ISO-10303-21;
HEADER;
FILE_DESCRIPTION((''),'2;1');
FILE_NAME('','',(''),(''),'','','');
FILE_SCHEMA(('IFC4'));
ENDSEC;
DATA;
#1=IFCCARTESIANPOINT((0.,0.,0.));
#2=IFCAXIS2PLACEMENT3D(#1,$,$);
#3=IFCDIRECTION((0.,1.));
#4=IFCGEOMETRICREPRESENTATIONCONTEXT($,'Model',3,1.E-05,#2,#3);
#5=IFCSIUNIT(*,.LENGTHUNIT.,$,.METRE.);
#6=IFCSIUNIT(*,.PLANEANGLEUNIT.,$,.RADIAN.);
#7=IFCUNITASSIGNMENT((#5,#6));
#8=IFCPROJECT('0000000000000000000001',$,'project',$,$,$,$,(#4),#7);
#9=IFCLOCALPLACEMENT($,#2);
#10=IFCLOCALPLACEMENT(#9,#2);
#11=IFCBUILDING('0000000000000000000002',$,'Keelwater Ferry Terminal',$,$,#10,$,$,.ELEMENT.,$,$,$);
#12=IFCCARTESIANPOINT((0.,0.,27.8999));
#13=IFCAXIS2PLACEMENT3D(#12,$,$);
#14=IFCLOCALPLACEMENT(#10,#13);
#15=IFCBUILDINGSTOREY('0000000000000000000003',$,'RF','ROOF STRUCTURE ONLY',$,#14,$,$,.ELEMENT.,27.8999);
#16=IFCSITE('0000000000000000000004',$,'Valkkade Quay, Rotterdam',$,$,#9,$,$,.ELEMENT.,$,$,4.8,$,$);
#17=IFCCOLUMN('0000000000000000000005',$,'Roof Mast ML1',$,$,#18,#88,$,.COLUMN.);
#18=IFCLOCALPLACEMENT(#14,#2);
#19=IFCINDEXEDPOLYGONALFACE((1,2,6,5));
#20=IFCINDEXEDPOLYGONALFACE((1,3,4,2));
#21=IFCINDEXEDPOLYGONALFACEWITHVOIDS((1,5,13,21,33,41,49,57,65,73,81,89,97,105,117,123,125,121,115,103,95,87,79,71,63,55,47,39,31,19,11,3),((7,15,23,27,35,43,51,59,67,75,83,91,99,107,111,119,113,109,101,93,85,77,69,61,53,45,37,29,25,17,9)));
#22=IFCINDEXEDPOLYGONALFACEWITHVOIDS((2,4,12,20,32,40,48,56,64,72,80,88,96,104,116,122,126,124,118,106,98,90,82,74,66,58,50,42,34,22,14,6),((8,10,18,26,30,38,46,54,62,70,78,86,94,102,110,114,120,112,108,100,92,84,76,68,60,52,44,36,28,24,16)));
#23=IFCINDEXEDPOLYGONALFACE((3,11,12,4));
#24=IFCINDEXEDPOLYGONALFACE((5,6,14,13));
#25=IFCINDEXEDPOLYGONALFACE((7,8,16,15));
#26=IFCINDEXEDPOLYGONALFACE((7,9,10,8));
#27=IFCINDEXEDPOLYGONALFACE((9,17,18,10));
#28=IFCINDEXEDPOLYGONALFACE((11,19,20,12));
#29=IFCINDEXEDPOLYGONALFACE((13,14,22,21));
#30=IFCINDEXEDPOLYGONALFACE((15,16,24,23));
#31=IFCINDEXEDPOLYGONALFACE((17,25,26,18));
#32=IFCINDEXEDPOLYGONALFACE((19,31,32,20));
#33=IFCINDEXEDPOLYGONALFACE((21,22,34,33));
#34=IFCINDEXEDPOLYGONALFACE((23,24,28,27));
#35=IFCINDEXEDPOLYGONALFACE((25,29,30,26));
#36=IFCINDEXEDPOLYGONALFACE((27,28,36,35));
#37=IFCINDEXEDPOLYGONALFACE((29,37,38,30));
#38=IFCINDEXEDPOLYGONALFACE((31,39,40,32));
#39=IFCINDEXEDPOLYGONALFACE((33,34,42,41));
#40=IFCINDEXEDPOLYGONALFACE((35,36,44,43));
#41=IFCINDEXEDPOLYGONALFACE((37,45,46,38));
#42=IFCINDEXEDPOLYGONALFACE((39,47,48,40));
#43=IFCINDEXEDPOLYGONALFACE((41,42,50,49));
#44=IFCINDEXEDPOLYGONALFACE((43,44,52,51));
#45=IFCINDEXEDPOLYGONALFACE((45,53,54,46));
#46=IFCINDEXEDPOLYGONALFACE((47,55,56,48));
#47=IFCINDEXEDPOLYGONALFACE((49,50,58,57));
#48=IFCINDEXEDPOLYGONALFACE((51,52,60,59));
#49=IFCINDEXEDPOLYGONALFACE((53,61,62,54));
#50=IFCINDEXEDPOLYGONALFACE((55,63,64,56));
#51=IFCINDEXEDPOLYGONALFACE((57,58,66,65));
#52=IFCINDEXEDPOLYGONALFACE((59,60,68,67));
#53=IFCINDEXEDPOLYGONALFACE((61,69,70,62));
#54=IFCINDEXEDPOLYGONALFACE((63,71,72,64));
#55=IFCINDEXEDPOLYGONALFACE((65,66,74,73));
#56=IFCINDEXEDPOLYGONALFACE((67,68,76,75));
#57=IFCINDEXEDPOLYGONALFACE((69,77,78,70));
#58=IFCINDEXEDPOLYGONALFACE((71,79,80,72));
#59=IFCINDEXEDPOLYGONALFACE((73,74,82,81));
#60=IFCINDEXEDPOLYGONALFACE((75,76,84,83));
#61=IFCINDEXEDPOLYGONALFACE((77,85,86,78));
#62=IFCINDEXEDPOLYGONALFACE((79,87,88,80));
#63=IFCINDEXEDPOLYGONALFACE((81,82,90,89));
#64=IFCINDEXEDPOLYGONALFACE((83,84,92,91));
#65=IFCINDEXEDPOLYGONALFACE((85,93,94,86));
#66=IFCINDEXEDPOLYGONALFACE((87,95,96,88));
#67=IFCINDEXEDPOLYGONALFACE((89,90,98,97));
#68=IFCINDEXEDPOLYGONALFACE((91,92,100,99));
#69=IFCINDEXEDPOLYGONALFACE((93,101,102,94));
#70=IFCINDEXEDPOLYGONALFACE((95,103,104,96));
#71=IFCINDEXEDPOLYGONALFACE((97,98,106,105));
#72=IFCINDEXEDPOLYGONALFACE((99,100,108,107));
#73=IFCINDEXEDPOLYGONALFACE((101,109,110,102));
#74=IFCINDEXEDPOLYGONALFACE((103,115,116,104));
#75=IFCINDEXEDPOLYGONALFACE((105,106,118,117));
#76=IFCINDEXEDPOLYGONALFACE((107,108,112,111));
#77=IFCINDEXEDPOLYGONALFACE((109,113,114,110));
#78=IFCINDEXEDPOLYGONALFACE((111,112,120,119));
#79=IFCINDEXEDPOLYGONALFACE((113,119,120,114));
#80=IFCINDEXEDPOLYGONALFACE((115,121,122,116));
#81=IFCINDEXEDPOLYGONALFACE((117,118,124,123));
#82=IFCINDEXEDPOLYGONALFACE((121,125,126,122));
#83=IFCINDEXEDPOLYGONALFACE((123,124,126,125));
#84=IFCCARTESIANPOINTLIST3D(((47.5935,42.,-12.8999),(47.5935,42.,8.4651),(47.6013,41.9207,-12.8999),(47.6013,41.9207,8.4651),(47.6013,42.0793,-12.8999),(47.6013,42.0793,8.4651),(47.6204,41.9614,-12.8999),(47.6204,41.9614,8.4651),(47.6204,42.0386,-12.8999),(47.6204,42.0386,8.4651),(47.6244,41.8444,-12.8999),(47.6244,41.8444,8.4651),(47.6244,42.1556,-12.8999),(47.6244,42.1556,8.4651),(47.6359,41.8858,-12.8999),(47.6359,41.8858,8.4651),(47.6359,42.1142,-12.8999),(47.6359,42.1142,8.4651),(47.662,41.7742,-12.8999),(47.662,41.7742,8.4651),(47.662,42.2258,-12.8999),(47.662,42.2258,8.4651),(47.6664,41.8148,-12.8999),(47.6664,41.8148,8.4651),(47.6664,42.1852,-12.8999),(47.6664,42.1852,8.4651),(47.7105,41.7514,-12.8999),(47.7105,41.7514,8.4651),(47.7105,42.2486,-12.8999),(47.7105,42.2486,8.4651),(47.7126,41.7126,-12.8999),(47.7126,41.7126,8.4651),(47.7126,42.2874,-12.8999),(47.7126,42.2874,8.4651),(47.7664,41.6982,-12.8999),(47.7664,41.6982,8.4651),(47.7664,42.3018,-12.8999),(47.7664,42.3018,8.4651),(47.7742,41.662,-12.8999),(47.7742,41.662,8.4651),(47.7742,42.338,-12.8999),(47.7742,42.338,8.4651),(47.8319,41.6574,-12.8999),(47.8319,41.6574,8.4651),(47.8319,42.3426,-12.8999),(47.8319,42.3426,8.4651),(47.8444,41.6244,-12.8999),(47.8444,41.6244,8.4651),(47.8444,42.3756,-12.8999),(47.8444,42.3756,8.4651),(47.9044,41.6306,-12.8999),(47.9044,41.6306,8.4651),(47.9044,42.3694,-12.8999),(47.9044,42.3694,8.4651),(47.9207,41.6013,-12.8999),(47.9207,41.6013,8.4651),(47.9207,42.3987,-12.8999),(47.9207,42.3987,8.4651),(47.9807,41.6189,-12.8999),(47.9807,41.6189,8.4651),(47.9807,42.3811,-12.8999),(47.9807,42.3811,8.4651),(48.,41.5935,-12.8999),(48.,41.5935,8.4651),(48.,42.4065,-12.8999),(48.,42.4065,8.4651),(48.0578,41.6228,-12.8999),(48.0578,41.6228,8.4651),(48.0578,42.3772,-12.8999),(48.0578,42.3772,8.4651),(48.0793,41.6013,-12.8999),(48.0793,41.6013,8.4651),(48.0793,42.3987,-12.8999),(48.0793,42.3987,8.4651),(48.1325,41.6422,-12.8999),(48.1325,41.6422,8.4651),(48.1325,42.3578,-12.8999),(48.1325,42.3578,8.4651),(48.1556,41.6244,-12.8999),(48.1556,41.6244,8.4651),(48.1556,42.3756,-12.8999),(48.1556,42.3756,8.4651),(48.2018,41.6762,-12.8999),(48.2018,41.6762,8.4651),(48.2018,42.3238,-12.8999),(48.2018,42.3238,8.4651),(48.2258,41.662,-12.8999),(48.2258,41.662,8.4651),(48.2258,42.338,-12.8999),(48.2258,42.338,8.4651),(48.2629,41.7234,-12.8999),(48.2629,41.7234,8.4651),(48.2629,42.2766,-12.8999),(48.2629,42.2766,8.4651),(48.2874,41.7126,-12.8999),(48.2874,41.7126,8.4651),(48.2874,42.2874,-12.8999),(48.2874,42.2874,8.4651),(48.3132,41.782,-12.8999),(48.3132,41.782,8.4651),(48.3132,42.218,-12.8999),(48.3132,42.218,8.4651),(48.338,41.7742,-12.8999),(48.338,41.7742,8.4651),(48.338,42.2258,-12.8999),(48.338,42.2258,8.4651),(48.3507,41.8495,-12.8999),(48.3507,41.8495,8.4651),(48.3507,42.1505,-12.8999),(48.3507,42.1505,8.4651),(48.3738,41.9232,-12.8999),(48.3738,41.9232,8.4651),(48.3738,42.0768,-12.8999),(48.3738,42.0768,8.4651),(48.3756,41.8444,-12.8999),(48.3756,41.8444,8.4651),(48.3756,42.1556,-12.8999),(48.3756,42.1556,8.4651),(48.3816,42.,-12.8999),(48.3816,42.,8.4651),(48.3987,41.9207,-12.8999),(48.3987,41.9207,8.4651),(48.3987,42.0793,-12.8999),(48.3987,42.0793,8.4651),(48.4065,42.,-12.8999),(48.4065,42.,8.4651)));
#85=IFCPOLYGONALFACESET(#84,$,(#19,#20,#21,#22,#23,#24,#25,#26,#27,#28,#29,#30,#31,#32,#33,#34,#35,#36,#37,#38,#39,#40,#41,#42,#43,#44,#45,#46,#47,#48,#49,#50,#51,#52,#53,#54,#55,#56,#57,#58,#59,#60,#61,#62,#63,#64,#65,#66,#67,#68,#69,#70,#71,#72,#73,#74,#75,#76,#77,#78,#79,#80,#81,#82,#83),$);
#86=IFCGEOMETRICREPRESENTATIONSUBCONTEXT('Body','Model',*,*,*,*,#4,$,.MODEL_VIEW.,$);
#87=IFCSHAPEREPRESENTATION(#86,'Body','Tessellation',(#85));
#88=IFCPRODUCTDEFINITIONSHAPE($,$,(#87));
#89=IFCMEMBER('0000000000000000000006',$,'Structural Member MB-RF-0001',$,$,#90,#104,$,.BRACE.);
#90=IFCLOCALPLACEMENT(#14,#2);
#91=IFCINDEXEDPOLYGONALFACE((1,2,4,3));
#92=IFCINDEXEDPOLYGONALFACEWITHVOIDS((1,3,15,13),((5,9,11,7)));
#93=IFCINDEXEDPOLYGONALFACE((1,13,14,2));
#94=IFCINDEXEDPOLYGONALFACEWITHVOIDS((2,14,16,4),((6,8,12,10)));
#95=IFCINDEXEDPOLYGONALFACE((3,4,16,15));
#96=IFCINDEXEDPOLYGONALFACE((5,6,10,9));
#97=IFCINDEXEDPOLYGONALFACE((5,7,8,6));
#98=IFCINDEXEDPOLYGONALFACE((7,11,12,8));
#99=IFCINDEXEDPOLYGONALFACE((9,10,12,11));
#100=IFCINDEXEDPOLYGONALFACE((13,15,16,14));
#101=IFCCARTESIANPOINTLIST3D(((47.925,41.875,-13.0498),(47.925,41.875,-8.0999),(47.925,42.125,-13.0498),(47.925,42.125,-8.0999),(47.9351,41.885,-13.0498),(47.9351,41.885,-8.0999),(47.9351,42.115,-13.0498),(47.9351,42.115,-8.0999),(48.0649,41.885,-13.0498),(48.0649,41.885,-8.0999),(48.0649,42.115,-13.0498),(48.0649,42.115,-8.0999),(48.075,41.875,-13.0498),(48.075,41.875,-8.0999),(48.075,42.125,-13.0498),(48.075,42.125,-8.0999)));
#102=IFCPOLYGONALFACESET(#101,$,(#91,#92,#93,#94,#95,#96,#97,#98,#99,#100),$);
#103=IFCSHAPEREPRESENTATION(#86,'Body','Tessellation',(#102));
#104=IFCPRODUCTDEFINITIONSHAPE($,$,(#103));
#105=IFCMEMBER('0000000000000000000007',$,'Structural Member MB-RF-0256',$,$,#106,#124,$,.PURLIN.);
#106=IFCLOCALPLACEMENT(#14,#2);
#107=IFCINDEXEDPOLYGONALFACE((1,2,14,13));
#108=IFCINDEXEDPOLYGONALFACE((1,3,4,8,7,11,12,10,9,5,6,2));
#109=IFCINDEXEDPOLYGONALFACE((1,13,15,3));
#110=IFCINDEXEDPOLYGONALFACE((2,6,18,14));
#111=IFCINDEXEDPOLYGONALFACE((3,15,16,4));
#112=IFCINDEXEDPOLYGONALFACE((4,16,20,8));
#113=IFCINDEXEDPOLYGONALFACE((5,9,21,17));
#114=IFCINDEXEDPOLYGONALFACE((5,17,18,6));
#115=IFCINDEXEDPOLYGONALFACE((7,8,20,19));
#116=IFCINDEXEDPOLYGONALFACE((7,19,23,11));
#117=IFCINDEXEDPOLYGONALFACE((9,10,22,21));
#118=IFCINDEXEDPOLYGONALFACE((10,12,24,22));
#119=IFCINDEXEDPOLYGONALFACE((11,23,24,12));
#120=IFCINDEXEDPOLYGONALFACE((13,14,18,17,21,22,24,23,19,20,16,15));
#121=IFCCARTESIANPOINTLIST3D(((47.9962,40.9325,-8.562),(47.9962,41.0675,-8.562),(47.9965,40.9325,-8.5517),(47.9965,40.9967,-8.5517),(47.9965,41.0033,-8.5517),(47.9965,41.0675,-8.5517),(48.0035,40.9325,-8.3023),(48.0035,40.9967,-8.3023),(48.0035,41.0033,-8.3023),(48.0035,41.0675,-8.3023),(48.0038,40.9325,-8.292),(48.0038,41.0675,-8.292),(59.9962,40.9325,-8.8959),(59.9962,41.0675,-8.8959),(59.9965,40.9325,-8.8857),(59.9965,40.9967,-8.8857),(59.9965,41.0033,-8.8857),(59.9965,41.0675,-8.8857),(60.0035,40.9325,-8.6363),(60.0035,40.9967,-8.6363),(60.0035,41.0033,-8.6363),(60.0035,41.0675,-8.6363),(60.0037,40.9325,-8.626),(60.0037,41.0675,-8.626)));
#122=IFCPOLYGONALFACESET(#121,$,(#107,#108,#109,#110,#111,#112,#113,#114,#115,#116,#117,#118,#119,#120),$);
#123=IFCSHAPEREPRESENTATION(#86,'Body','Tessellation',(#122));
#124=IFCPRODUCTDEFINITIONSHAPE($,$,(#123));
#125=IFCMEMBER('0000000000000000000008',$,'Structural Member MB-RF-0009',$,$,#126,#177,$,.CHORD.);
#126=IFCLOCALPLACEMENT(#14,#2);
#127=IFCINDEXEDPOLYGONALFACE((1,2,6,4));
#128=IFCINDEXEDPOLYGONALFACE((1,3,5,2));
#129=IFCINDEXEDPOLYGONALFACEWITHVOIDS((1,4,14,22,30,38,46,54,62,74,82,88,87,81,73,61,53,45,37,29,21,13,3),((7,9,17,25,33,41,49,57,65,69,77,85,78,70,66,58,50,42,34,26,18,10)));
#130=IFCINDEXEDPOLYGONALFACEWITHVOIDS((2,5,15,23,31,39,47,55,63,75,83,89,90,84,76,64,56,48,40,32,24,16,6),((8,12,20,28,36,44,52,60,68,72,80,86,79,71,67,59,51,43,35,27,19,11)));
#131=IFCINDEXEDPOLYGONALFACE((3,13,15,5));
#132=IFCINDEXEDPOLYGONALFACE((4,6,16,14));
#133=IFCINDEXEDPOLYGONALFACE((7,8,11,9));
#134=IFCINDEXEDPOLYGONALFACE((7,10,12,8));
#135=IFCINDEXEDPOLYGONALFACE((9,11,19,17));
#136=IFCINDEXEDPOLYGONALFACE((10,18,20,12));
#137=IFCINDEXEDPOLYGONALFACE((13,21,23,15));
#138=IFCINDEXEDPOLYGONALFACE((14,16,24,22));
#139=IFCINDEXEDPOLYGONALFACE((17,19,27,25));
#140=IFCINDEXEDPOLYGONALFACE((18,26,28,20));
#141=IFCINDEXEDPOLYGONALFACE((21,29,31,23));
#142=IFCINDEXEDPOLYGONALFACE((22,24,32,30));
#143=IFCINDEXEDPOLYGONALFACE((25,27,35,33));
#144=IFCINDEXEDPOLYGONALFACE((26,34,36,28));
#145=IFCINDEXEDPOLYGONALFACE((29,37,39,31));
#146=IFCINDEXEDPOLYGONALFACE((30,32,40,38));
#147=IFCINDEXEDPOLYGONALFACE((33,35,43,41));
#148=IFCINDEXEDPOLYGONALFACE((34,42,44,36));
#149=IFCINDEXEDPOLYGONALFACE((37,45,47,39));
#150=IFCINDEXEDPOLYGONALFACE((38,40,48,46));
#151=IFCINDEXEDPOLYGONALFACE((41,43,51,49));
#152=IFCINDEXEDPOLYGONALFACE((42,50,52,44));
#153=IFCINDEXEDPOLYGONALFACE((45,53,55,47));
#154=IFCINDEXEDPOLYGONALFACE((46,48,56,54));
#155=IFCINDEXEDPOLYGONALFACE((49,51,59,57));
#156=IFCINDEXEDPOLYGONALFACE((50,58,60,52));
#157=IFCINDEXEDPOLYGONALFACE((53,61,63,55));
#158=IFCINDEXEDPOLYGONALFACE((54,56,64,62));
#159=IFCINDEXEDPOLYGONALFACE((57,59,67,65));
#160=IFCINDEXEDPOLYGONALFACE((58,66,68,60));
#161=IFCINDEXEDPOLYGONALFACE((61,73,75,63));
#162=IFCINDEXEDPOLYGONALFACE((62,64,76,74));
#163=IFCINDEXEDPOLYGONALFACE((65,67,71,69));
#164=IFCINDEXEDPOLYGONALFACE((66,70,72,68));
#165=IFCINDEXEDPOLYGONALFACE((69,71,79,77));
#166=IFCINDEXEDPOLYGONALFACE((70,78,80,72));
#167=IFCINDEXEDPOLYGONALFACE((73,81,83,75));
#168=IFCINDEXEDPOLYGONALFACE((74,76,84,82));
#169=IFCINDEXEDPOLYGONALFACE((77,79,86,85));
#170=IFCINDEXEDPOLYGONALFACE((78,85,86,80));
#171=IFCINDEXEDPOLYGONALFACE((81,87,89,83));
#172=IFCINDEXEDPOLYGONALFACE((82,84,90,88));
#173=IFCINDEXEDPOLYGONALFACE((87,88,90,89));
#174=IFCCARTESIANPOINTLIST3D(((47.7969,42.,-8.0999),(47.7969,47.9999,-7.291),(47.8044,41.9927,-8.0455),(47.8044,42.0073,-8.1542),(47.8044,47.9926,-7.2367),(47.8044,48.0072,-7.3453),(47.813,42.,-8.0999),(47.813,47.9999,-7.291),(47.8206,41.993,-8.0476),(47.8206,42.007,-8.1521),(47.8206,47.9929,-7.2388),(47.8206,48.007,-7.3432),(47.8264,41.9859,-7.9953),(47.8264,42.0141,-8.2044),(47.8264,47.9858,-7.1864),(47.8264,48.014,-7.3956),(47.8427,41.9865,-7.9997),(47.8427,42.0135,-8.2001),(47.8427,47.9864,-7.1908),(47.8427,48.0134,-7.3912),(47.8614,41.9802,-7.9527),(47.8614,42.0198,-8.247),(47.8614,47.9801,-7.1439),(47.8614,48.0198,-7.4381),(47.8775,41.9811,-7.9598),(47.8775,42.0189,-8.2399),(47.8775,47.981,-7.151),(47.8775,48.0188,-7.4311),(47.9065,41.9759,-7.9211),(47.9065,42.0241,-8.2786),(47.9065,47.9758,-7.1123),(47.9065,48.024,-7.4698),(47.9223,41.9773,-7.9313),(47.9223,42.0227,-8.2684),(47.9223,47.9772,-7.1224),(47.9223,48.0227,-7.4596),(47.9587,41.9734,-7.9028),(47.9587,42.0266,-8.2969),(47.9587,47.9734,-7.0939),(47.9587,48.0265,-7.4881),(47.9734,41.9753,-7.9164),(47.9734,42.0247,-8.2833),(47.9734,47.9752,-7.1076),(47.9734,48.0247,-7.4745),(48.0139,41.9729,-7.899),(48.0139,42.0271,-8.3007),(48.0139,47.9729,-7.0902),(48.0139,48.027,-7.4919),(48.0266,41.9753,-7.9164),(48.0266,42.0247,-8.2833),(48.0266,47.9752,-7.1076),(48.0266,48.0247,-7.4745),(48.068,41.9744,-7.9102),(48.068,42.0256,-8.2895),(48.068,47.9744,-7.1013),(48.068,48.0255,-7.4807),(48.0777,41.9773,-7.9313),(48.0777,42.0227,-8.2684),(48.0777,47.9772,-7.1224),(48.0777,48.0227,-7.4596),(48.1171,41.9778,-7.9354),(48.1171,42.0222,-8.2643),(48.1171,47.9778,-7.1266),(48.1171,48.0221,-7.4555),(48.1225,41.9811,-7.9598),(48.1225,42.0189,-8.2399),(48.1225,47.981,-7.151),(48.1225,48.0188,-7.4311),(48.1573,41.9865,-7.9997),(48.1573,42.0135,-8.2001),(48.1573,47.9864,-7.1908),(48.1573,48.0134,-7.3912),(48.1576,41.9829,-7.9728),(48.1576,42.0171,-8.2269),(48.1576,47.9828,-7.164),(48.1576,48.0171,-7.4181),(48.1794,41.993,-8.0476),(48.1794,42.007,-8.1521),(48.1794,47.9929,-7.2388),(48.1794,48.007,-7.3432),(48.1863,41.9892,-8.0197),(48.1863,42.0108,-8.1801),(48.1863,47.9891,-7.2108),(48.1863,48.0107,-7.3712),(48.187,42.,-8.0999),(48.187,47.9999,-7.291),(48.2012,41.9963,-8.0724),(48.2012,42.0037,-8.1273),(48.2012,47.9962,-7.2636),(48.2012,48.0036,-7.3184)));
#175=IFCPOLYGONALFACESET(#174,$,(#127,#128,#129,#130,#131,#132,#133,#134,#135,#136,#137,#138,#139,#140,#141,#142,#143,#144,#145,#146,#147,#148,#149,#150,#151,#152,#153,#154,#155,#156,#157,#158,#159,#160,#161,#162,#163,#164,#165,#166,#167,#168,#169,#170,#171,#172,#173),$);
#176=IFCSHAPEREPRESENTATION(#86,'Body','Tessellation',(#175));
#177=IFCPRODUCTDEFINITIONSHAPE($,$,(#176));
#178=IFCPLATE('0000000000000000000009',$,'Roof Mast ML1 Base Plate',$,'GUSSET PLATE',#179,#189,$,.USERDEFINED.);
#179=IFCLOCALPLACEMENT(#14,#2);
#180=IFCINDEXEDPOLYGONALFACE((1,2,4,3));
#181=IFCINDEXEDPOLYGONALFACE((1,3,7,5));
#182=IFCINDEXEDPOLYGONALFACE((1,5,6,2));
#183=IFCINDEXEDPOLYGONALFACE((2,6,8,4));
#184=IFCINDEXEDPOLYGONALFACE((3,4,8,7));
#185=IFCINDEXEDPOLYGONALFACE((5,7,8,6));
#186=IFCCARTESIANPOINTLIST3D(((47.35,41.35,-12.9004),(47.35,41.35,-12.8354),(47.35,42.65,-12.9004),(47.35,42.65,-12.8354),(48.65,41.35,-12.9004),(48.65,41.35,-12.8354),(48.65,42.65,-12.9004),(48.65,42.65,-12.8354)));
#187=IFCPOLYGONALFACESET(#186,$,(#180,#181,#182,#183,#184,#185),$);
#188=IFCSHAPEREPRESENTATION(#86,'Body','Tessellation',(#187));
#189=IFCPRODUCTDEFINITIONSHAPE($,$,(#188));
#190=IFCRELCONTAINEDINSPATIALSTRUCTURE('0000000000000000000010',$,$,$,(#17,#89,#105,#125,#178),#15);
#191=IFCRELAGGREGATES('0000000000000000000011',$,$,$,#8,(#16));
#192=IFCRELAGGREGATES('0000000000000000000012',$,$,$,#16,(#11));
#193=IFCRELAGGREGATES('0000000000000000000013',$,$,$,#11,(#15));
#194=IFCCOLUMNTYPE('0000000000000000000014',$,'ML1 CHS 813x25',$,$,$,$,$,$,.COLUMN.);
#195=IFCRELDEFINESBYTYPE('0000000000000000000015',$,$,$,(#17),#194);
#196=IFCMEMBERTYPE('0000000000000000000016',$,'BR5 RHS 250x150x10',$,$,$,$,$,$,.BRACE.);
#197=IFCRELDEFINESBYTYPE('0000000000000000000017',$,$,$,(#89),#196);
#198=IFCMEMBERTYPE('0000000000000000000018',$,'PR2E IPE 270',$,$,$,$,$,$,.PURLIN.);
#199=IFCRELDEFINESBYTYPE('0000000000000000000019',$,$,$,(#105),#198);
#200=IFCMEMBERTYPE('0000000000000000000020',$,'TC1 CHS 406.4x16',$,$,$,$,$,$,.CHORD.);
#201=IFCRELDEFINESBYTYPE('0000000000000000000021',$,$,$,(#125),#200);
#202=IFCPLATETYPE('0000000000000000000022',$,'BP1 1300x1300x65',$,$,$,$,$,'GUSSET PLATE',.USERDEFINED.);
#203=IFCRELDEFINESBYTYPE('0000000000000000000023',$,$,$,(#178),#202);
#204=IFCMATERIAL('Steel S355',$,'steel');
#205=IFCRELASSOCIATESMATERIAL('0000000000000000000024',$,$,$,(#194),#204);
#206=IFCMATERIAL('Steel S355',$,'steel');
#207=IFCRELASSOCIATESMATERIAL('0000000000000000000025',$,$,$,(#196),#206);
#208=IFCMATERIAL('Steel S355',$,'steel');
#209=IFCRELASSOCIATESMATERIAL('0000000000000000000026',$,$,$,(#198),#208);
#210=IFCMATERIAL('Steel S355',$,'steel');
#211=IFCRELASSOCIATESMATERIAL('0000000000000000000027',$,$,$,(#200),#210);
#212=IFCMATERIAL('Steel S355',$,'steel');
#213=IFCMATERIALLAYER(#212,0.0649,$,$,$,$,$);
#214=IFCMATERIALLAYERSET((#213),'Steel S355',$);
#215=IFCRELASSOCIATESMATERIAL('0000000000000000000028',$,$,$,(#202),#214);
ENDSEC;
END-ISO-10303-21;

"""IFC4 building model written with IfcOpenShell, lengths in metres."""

from ifc_helpers import new_model, si_unit, direction, frame, origin, origin_2d, place, context, subcontext, project, spatial, rectangle, hollow_rectangle, hollow_circle, i_section, extrude, material, layer, layer_set, material_profile, profile_set, type_object, element, save


model = new_model("IFC4")

# Units and contexts
model_context = context("Model", 3, precision=1e-05, world=origin(), true_north=direction((0.0, 1.0)))
body_context = subcontext(model_context, "Body", "Model", "MODEL_VIEW")
ifc_project = project(units=[si_unit("LENGTHUNIT", "METRE"), si_unit("PLANEANGLEUNIT", "RADIAN")], contexts=[model_context])

# Site, building, storey
site_placement = place(None, origin())
site = spatial("IfcSite", under=ifc_project, at=site_placement, Name="Valkkade Quay, Rotterdam", CompositionType="ELEMENT", RefElevation=4.8)
building_placement = place(site_placement, origin())
building = spatial("IfcBuilding", under=site, at=building_placement, Name="Keelwater Ferry Terminal", CompositionType="ELEMENT")
storey_placement = place(building_placement, frame((0.0, 0.0, 27.8999)))
storey = spatial("IfcBuildingStorey", under=building, at=storey_placement, Name="RF", Description="ROOF STRUCTURE ONLY", CompositionType="ELEMENT", Elevation=27.8999)

# Column
ifc_material_1 = material(Name="Steel S355", Category="steel")
ifc_material_profile_1 = material_profile(ifc_material_1, hollow_circle(Radius=0.4065, WallThickness=0.0249, at=origin_2d()), Name="CHS 813x25")
ifc_profile_set_1 = profile_set([ifc_material_profile_1], Name="Steel S355")
column_type = type_object("IfcColumnType", Name="ML1 CHS 813x25", PredefinedType="COLUMN", material=ifc_profile_set_1)
column_placement = place(storey_placement, frame((48.0, 42.0, -12.8999), z_axis=(0.0, 0.0, 1.0), x_axis=(1.0, 0.0, 0.0)))
element("IfcColumn", 1, at=column_placement, inside=storey, type_object=column_type, Name="Roof Mast ML1", PredefinedType="COLUMN", context=body_context, shape_type="SweptSolid", body=[
    extrude(hollow_circle(Radius=0.4065, WallThickness=0.0249, at=origin_2d()), origin(), (0.0, 0.0, 1.0), 21.365),
])

# Members
ifc_material_2 = material(Name="Steel S355", Category="steel")
ifc_material_profile_2 = material_profile(ifc_material_2, hollow_rectangle(XDim=0.1499, YDim=0.25, WallThickness=0.01, at=origin_2d()), Name="RHS 250x150x10")
ifc_profile_set_2 = profile_set([ifc_material_profile_2], Name="Steel S355")
member_type_1 = type_object("IfcMemberType", Name="BR5 RHS 250x150x10", PredefinedType="BRACE", material=ifc_profile_set_2)
member_1_placement = place(storey_placement, frame((48.0, 42.0, -13.0498), z_axis=(0.0, 0.0, 1.0), x_axis=(1.0, 0.0, 0.0)))
element("IfcMember", 2, at=member_1_placement, inside=storey, type_object=member_type_1, Name="Structural Member MB-RF-0001", PredefinedType="BRACE", context=body_context, shape_type="SweptSolid", body=[
    extrude(hollow_rectangle(XDim=0.1499, YDim=0.25, WallThickness=0.01, at=origin_2d()), origin(), (0.0, 0.0, 1.0), 4.95),
])
ifc_material_3 = material(Name="Steel S355", Category="steel")
ifc_material_profile_3 = material_profile(ifc_material_3, i_section(OverallWidth=0.135, OverallDepth=0.27, WebThickness=0.0066, FlangeThickness=0.0103, at=origin_2d()), Name="IPE 270")
ifc_profile_set_3 = profile_set([ifc_material_profile_3], Name="Steel S355")
member_type_2 = type_object("IfcMemberType", Name="PR2E IPE 270", PredefinedType="PURLIN", material=ifc_profile_set_3)
member_2_placement = place(storey_placement, frame((48.0, 41.0, -8.427), z_axis=(0.999613, 0.0, -0.027821), x_axis=(0.0, 1.0, 0.0)))
element("IfcMember", 3, at=member_2_placement, inside=storey, type_object=member_type_2, Name="Structural Member MB-RF-0256", PredefinedType="PURLIN", context=body_context, shape_type="SweptSolid", body=[
    extrude(i_section(OverallWidth=0.135, OverallDepth=0.27, WebThickness=0.0066, FlangeThickness=0.0103, at=origin_2d()), origin(), (0.0, 0.0, 1.0), 12.0046),
])
ifc_material_4 = material(Name="Steel S355", Category="steel")
ifc_material_profile_4 = material_profile(ifc_material_4, hollow_circle(Radius=0.2031, WallThickness=0.0161, at=origin_2d()), Name="CHS 406.4x16")
ifc_profile_set_4 = profile_set([ifc_material_profile_4], Name="Steel S355")
member_type_3 = type_object("IfcMemberType", Name="TC1 CHS 406.4x16", PredefinedType="CHORD", material=ifc_profile_set_4)
member_3_placement = place(storey_placement, frame((48.0, 42.0, -8.0999), z_axis=(0.0, 0.991036, 0.133598), x_axis=(-1.0, 0.0, 0.0)))
element("IfcMember", 4, at=member_3_placement, inside=storey, type_object=member_type_3, Name="Structural Member MB-RF-0009", PredefinedType="CHORD", context=body_context, shape_type="SweptSolid", body=[
    extrude(hollow_circle(Radius=0.2031, WallThickness=0.0161, at=origin_2d()), origin(), (0.0, 0.0, 1.0), 6.0542),
])

# Plate
ifc_material_5 = material(Name="Steel S355", Category="steel")
ifc_layer_1 = layer(ifc_material_5, 0.0649)
ifc_layer_set_1 = layer_set([ifc_layer_1], Name="Steel S355")
plate_type_1 = type_object("IfcPlateType", Name="BP1 1300x1300x65", ElementType="GUSSET PLATE", PredefinedType="USERDEFINED", material=ifc_layer_set_1)
plate_1_placement = place(storey_placement, frame((48.0, 42.0, -12.9004), z_axis=(0.0, 0.0, 1.0), x_axis=(1.0, 0.0, 0.0)))
element("IfcPlate", 5, at=plate_1_placement, inside=storey, type_object=plate_type_1, Name="Roof Mast ML1 Base Plate", ObjectType="GUSSET PLATE", PredefinedType="USERDEFINED", context=body_context, shape_type="SweptSolid", body=[
    extrude(rectangle(XDim=1.3, YDim=1.3, at=origin_2d()), origin(), (0.0, 0.0, 1.0), 0.0649),
])

save(model, "model.ifc")
